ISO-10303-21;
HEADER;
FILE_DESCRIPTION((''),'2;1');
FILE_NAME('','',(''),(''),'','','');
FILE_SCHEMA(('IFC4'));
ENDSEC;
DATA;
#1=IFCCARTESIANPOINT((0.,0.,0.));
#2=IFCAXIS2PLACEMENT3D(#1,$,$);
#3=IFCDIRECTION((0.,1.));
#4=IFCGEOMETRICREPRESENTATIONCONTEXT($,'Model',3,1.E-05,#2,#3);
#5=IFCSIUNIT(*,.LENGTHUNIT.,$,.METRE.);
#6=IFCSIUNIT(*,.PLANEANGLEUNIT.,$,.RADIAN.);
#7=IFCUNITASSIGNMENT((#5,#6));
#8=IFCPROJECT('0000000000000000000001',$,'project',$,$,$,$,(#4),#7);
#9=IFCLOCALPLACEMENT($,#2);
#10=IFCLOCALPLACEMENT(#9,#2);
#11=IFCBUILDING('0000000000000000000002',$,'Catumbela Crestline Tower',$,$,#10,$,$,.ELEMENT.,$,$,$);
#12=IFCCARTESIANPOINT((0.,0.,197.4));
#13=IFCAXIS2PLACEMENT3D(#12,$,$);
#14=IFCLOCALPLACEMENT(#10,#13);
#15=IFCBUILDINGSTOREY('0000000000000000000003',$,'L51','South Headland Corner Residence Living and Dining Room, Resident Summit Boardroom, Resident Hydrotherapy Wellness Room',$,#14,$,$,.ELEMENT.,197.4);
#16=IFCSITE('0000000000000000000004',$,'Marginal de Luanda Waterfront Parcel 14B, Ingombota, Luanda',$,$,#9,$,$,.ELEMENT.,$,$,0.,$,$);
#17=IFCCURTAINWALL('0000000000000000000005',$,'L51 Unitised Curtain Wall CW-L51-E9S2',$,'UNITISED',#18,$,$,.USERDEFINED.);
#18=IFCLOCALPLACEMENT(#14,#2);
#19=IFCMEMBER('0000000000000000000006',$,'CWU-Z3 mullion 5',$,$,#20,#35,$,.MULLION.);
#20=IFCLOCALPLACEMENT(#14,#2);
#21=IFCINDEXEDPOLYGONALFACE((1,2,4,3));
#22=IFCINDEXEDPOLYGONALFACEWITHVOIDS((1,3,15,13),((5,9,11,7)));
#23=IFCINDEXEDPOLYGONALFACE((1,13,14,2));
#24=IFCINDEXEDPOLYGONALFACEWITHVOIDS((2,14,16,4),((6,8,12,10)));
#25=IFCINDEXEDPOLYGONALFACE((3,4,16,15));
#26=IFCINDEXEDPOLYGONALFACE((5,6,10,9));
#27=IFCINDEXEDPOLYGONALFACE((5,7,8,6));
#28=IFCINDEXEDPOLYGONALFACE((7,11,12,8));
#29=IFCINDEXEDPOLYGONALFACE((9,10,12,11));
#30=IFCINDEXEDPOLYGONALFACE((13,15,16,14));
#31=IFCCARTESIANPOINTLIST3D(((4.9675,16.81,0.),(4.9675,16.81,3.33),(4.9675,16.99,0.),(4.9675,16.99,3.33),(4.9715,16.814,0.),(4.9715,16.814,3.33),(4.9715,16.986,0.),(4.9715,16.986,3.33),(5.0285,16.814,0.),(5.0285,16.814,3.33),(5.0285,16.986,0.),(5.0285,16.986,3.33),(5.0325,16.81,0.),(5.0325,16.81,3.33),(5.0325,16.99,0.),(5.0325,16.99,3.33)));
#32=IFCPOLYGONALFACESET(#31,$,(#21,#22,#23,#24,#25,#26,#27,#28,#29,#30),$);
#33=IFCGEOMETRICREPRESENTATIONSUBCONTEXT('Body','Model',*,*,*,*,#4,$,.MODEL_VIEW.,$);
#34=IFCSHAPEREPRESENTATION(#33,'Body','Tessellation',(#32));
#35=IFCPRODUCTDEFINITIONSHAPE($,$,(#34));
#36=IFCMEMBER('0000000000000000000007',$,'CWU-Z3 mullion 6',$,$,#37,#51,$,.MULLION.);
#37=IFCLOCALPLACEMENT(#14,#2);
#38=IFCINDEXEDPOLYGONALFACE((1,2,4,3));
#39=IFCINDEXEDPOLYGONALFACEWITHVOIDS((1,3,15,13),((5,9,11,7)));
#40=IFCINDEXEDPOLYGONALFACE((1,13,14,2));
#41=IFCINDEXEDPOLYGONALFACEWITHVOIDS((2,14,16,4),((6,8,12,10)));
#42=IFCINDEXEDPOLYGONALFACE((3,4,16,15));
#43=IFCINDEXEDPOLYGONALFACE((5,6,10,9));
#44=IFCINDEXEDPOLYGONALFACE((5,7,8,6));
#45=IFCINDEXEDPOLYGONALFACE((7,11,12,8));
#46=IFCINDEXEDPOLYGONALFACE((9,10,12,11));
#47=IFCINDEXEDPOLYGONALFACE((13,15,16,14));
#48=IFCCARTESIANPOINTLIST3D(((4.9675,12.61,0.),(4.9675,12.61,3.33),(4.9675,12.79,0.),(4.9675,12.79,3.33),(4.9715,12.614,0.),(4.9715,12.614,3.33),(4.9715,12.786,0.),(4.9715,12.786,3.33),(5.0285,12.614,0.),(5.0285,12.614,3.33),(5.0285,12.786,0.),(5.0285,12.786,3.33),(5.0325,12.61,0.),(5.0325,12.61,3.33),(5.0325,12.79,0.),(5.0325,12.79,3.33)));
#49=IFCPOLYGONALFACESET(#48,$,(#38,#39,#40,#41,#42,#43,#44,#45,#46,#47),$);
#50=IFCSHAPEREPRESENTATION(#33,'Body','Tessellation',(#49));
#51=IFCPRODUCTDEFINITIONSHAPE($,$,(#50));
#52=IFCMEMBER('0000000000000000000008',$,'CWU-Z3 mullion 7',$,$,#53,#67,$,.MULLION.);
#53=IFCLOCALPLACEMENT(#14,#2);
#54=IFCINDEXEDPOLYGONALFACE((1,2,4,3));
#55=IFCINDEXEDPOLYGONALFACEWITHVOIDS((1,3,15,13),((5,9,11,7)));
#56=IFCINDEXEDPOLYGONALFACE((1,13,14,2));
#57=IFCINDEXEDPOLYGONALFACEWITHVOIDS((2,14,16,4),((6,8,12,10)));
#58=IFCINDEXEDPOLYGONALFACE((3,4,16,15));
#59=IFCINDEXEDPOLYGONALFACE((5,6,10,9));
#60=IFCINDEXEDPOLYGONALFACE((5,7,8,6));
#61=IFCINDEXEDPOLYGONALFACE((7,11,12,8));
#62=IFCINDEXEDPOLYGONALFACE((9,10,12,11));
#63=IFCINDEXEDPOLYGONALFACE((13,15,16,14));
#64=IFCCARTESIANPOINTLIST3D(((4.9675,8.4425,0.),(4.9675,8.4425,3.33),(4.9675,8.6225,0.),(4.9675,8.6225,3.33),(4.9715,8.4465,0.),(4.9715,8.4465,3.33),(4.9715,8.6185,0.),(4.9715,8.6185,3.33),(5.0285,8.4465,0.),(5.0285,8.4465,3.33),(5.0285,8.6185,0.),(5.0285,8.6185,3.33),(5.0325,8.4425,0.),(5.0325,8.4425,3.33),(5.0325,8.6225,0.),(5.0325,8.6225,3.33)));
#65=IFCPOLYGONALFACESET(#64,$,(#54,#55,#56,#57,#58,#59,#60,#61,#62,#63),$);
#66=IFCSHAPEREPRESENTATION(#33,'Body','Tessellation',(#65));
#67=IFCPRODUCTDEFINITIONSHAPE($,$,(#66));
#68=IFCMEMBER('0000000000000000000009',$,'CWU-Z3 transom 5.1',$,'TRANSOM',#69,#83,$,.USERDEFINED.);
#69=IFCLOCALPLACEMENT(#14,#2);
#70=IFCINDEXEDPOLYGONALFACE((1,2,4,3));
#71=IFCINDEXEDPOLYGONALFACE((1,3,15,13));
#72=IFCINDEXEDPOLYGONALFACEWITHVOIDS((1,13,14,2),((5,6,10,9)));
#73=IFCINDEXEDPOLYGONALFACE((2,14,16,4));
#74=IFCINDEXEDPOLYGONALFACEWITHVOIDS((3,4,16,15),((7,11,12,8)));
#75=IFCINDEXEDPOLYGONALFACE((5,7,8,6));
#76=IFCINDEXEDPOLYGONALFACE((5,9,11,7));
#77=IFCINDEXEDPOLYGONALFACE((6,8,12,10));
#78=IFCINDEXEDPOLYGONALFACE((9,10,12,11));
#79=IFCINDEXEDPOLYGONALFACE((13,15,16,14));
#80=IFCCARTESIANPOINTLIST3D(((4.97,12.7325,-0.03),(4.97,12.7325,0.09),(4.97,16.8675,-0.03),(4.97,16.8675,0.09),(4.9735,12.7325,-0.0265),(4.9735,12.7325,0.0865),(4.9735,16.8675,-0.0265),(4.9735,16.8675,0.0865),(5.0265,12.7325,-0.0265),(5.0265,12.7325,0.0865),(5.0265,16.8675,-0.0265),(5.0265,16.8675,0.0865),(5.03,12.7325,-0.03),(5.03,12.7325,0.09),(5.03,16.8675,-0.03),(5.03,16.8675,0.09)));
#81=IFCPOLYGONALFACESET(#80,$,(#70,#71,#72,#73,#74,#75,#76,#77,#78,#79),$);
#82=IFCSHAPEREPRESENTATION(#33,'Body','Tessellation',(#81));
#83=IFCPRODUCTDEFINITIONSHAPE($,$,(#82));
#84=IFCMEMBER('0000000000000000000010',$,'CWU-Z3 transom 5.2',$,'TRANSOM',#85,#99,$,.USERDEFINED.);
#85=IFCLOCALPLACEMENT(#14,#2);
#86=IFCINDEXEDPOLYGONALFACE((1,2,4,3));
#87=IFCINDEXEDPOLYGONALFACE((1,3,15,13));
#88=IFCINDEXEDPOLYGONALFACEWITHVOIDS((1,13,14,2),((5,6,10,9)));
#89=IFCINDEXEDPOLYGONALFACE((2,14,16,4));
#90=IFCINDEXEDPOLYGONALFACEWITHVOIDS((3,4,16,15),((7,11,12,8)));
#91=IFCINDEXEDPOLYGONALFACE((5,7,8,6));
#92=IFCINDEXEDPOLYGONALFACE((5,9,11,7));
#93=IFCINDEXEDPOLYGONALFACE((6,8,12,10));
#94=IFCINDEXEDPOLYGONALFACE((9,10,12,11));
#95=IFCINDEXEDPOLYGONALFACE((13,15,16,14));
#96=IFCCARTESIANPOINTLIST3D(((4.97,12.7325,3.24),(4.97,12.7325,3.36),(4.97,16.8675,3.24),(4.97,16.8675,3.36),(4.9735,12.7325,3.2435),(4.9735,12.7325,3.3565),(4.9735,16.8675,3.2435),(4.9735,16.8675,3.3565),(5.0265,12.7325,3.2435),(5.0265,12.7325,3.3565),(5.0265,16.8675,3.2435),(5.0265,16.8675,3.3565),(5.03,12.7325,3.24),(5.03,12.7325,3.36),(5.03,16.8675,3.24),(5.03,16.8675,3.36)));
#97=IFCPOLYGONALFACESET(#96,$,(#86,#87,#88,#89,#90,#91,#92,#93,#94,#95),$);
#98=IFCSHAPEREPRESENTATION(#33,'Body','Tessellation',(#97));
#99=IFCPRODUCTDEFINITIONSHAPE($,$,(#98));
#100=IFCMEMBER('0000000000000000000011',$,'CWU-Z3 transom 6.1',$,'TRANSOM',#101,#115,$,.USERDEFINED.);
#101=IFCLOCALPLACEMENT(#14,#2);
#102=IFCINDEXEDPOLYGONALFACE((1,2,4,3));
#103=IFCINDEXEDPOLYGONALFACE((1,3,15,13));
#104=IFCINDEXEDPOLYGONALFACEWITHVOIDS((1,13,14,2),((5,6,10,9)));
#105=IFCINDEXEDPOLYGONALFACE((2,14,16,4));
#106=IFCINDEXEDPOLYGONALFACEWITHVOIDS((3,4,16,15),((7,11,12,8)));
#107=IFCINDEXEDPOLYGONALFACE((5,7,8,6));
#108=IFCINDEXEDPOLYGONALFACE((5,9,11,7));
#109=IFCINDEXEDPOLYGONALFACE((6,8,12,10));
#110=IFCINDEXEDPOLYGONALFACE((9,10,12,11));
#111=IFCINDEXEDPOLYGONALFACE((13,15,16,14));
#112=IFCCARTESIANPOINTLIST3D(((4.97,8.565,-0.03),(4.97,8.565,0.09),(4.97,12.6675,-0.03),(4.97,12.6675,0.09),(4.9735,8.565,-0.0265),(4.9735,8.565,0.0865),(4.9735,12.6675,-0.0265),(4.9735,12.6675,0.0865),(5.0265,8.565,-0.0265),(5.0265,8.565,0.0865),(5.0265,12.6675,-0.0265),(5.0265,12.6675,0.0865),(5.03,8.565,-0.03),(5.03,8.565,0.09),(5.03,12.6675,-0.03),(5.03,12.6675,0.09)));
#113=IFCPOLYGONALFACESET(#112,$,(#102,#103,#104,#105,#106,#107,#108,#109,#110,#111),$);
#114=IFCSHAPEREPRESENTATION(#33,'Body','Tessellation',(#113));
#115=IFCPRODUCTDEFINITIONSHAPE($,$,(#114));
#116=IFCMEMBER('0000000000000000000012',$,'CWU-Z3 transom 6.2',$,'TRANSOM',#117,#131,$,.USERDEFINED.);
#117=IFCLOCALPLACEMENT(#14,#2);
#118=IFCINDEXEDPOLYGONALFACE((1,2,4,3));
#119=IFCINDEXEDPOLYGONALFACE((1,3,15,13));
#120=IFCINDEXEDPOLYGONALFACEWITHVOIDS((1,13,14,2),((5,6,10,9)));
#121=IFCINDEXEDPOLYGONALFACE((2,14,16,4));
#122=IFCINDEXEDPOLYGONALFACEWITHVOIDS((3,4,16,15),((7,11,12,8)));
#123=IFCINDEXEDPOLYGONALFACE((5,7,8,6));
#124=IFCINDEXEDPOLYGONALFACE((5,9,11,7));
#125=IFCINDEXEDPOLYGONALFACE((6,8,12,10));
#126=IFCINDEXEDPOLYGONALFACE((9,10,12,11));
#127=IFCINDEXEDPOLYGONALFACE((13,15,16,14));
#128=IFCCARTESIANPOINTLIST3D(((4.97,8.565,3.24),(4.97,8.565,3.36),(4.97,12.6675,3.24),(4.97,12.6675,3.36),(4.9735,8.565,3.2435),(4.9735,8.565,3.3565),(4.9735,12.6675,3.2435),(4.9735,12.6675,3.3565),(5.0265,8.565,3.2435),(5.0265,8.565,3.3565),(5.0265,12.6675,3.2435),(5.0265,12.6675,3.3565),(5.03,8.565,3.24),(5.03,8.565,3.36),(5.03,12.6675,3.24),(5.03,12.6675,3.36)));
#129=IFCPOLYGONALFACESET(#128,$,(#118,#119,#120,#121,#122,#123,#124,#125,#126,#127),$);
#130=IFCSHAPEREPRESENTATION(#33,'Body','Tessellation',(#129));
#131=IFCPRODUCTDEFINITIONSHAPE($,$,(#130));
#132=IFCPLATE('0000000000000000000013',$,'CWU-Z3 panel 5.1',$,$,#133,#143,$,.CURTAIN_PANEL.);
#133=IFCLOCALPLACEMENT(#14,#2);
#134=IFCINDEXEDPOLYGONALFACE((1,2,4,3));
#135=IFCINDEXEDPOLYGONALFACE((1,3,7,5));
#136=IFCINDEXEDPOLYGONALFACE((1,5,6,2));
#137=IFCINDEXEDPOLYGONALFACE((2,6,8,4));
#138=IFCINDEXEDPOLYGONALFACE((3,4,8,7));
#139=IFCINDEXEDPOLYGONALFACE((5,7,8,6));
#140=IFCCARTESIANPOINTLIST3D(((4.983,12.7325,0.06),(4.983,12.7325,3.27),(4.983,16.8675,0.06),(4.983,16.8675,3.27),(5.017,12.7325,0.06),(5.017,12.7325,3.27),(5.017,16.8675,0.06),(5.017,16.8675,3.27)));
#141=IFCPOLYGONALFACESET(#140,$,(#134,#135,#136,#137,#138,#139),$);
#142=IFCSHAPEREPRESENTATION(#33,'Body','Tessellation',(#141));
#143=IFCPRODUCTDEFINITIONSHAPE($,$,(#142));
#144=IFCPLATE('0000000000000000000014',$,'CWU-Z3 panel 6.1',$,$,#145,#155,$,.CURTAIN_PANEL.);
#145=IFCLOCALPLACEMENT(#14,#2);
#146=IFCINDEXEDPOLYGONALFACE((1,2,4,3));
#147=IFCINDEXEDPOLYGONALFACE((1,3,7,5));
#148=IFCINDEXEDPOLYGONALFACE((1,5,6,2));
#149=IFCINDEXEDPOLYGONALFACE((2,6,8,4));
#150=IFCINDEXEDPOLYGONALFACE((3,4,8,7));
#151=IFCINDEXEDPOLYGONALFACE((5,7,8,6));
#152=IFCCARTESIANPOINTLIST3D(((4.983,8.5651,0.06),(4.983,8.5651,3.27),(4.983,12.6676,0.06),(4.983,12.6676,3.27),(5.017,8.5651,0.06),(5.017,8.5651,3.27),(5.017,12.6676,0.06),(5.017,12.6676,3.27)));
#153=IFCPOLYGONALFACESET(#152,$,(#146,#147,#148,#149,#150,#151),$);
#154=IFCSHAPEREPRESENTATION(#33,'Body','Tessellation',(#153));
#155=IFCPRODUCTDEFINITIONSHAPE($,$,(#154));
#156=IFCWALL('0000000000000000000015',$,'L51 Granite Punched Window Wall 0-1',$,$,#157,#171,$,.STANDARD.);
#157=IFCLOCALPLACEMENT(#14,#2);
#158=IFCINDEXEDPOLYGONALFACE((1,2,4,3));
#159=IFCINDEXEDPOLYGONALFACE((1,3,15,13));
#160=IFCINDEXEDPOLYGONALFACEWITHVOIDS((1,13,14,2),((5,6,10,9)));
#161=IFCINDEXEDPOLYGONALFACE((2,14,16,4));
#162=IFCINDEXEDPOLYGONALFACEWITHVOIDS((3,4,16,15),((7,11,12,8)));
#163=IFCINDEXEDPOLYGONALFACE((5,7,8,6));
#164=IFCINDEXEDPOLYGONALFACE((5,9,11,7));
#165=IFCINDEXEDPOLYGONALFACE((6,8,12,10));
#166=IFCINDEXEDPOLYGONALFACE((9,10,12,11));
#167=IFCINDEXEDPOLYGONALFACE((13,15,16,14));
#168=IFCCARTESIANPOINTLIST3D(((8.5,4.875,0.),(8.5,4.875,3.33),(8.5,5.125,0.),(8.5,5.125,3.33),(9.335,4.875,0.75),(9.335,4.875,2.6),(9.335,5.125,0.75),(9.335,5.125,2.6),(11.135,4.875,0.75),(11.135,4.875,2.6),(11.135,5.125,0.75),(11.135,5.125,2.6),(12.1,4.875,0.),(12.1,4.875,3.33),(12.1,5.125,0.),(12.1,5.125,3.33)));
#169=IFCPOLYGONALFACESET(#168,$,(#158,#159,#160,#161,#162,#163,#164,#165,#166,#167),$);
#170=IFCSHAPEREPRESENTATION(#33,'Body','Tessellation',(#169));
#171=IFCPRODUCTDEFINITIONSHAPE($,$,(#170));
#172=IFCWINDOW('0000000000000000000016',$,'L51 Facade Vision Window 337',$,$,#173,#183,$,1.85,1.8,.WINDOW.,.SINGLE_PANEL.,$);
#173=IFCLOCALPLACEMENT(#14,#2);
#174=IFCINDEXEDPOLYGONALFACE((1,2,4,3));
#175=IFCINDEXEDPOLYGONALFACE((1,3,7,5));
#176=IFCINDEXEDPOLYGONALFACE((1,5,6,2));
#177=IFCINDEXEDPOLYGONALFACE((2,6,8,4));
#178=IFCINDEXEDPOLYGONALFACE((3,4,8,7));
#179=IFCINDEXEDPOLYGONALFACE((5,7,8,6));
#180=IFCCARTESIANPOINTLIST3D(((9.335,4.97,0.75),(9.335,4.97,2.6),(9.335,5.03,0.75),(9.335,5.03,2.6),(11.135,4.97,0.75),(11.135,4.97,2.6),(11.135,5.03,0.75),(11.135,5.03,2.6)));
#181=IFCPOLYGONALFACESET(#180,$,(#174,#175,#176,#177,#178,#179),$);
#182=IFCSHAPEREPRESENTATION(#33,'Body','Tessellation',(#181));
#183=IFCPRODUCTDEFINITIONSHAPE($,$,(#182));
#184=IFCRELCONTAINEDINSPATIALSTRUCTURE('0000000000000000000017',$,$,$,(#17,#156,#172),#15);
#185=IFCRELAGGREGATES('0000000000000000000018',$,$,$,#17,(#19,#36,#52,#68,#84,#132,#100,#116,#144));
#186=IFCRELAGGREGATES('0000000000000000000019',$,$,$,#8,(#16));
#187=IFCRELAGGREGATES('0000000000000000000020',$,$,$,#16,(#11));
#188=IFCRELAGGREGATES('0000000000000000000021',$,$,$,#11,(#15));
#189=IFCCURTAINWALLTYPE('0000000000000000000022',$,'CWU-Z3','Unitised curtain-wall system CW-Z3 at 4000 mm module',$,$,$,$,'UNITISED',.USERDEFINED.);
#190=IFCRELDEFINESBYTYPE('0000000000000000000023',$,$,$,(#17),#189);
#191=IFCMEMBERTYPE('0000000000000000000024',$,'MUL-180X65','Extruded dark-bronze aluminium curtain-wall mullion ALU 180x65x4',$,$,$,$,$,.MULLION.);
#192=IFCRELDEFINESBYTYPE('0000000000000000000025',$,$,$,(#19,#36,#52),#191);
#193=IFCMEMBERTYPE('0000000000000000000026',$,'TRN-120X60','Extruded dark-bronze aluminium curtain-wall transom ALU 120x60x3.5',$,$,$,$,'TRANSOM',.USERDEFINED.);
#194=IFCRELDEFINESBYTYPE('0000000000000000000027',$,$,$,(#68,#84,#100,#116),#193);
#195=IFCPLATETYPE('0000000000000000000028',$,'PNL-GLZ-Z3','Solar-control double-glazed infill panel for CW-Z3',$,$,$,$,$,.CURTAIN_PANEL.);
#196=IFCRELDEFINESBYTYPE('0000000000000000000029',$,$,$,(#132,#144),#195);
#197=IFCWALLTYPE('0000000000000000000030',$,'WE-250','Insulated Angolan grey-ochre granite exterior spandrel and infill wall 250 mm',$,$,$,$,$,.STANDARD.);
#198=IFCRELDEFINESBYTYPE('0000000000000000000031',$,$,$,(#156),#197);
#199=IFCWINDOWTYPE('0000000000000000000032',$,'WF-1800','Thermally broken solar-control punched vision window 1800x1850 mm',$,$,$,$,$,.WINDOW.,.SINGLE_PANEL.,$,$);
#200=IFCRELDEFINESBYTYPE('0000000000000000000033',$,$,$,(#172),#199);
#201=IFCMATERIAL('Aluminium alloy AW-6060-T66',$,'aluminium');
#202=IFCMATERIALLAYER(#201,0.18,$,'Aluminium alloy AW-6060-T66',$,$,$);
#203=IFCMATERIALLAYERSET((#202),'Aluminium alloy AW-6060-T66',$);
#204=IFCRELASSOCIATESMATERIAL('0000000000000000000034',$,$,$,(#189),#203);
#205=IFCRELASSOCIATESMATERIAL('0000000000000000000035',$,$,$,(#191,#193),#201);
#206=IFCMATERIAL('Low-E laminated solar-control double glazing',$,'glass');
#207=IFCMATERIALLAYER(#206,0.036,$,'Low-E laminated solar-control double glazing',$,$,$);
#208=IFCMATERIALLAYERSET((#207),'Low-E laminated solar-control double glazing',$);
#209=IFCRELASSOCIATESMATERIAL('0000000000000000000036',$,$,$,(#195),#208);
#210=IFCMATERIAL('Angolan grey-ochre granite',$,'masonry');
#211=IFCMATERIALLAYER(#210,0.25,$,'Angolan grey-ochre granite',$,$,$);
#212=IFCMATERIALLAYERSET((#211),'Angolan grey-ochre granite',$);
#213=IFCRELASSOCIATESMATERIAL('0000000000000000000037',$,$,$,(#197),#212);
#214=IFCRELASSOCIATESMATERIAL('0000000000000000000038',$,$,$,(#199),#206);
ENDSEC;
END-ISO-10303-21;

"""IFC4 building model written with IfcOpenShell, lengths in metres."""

from ifc_helpers import new_model, si_unit, direction, frame, frame_2d, origin, origin_2d, place, context, subcontext, project, spatial, rectangle, hollow_rectangle, extrude, material, layer, layer_set, material_profile, profile_set, type_object, element, fill, aggregate, save


model = new_model("IFC4")

# Units and contexts
model_context = context("Model", 3, precision=1e-05, world=origin(), true_north=direction((0.0, 1.0)))
body_context = subcontext(model_context, "Body", "Model", "MODEL_VIEW")
ifc_project = project(units=[si_unit("LENGTHUNIT", "METRE"), si_unit("PLANEANGLEUNIT", "RADIAN")], contexts=[model_context])

# Site, building, storey
site_placement = place(None, origin())
site = spatial("IfcSite", under=ifc_project, at=site_placement, Name="Marginal de Luanda Waterfront Parcel 14B, Ingombota, Luanda", CompositionType="ELEMENT", RefElevation=0.0)
building_placement = place(site_placement, origin())
building = spatial("IfcBuilding", under=site, at=building_placement, Name="Catumbela Crestline Tower", CompositionType="ELEMENT")
storey_placement = place(building_placement, frame((0.0, 0.0, 197.4)))
storey = spatial("IfcBuildingStorey", under=building, at=storey_placement, Name="L51", Description="South Headland Corner Residence Living and Dining Room, Resident Summit Boardroom, Resident Hydrotherapy Wellness Room", CompositionType="ELEMENT", Elevation=197.4)

# Curtain wall, members, plates
ifc_material_1 = material(Name="Aluminium alloy AW-6060-T66", Category="aluminium")
ifc_layer_1 = layer(ifc_material_1, 0.18, Name="Aluminium alloy AW-6060-T66")
ifc_layer_set_1 = layer_set([ifc_layer_1], Name="Aluminium alloy AW-6060-T66")
curtain_wall_type = type_object("IfcCurtainWallType", Name="CWU-Z3", Description="Unitised curtain-wall system CW-Z3 at 4000 mm module", ElementType="UNITISED", PredefinedType="USERDEFINED", material=ifc_layer_set_1)
curtain_wall_placement = place(storey_placement, origin())
curtain_wall = element("IfcCurtainWall", 1, at=curtain_wall_placement, inside=storey, type_object=curtain_wall_type, Name="L51 Unitised Curtain Wall CW-L51-E9S2", ObjectType="UNITISED", PredefinedType="USERDEFINED")
ifc_material_profile_1 = material_profile(ifc_material_1, hollow_rectangle(XDim=0.065, YDim=0.18, WallThickness=0.004, at=origin_2d()), Name="ALU 180x65x4")
ifc_profile_set_1 = profile_set([ifc_material_profile_1], Name="Aluminium alloy AW-6060-T66")
member_type_1 = type_object("IfcMemberType", Name="MUL-180X65", Description="Extruded dark-bronze aluminium curtain-wall mullion ALU 180x65x4", PredefinedType="MULLION", material=ifc_profile_set_1)
member_1_placement = place(storey_placement, frame((5.0, 16.9, 0.0), z_axis=(0.0, 0.0, 1.0), x_axis=(1.0, 0.0, 0.0)))
member_1 = element("IfcMember", 2, at=member_1_placement, type_object=member_type_1, Name="CWU-Z3 mullion 5", PredefinedType="MULLION", context=body_context, shape_type="SweptSolid", body=[
    extrude(hollow_rectangle(XDim=0.065, YDim=0.18, WallThickness=0.004, at=origin_2d()), origin(), (0.0, 0.0, 1.0), 3.33),
])
member_2_placement = place(storey_placement, frame((5.0, 12.7, 0.0), z_axis=(0.0, 0.0, 1.0), x_axis=(1.0, 0.0, 0.0)))
member_2 = element("IfcMember", 3, at=member_2_placement, type_object=member_type_1, Name="CWU-Z3 mullion 6", PredefinedType="MULLION", context=body_context, shape_type="SweptSolid", body=[
    extrude(hollow_rectangle(XDim=0.065, YDim=0.18, WallThickness=0.004, at=origin_2d()), origin(), (0.0, 0.0, 1.0), 3.33),
])
member_3_placement = place(storey_placement, frame((5.0, 8.5325, 0.0), z_axis=(0.0, 0.0, 1.0), x_axis=(1.0, 0.0, 0.0)))
member_3 = element("IfcMember", 4, at=member_3_placement, type_object=member_type_1, Name="CWU-Z3 mullion 7", PredefinedType="MULLION", context=body_context, shape_type="SweptSolid", body=[
    extrude(hollow_rectangle(XDim=0.065, YDim=0.18, WallThickness=0.004, at=origin_2d()), origin(), (0.0, 0.0, 1.0), 3.33),
])
ifc_material_profile_2 = material_profile(ifc_material_1, hollow_rectangle(XDim=0.06, YDim=0.12, WallThickness=0.0035, at=origin_2d()), Name="ALU 120x60x3.5")
ifc_profile_set_2 = profile_set([ifc_material_profile_2], Name="Aluminium alloy AW-6060-T66")
member_type_2 = type_object("IfcMemberType", Name="TRN-120X60", Description="Extruded dark-bronze aluminium curtain-wall transom ALU 120x60x3.5", ElementType="TRANSOM", PredefinedType="USERDEFINED", material=ifc_profile_set_2)
member_4_placement = place(storey_placement, frame((5.0, 16.8675, 0.03), z_axis=(0.0, -1.0, 0.0), x_axis=(1.0, 0.0, 0.0)))
member_4 = element("IfcMember", 5, at=member_4_placement, type_object=member_type_2, Name="CWU-Z3 transom 5.1", ObjectType="TRANSOM", PredefinedType="USERDEFINED", context=body_context, shape_type="SweptSolid", body=[
    extrude(hollow_rectangle(XDim=0.06, YDim=0.12, WallThickness=0.0035, at=origin_2d()), origin(), (0.0, 0.0, 1.0), 4.135),
])
member_5_placement = place(storey_placement, frame((5.0, 16.8675, 3.3), z_axis=(0.0, -1.0, 0.0), x_axis=(1.0, 0.0, 0.0)))
member_5 = element("IfcMember", 6, at=member_5_placement, type_object=member_type_2, Name="CWU-Z3 transom 5.2", ObjectType="TRANSOM", PredefinedType="USERDEFINED", context=body_context, shape_type="SweptSolid", body=[
    extrude(hollow_rectangle(XDim=0.06, YDim=0.12, WallThickness=0.0035, at=origin_2d()), origin(), (0.0, 0.0, 1.0), 4.135),
])
member_6_placement = place(storey_placement, frame((5.0, 12.6675, 0.03), z_axis=(0.0, -1.0, 0.0), x_axis=(1.0, 0.0, 0.0)))
member_6 = element("IfcMember", 7, at=member_6_placement, type_object=member_type_2, Name="CWU-Z3 transom 6.1", ObjectType="TRANSOM", PredefinedType="USERDEFINED", context=body_context, shape_type="SweptSolid", body=[
    extrude(hollow_rectangle(XDim=0.06, YDim=0.12, WallThickness=0.0035, at=origin_2d()), origin(), (0.0, 0.0, 1.0), 4.1025),
])
member_7_placement = place(storey_placement, frame((5.0, 12.6675, 3.3), z_axis=(0.0, -1.0, 0.0), x_axis=(1.0, 0.0, 0.0)))
member_7 = element("IfcMember", 8, at=member_7_placement, type_object=member_type_2, Name="CWU-Z3 transom 6.2", ObjectType="TRANSOM", PredefinedType="USERDEFINED", context=body_context, shape_type="SweptSolid", body=[
    extrude(hollow_rectangle(XDim=0.06, YDim=0.12, WallThickness=0.0035, at=origin_2d()), origin(), (0.0, 0.0, 1.0), 4.1025),
])
ifc_material_2 = material(Name="Low-E laminated solar-control double glazing", Category="glass")
ifc_layer_2 = layer(ifc_material_2, 0.036, Name="Low-E laminated solar-control double glazing")
ifc_layer_set_2 = layer_set([ifc_layer_2], Name="Low-E laminated solar-control double glazing")
plate_type = type_object("IfcPlateType", Name="PNL-GLZ-Z3", Description="Solar-control double-glazed infill panel for CW-Z3", PredefinedType="CURTAIN_PANEL", material=ifc_layer_set_2)
plate_1_placement = place(storey_placement, frame((5.0, 14.8, 0.06), z_axis=(0.0, 0.0, 1.0), x_axis=(0.0, -1.0, 0.0)))
plate_1 = element("IfcPlate", 9, at=plate_1_placement, type_object=plate_type, Name="CWU-Z3 panel 5.1", PredefinedType="CURTAIN_PANEL", context=body_context, shape_type="SweptSolid", body=[
    extrude(rectangle(XDim=4.135, YDim=0.034, at=origin_2d()), origin(), (0.0, 0.0, 1.0), 3.21),
])
plate_2_placement = place(storey_placement, frame((5.0, 10.6163, 0.06), z_axis=(0.0, 0.0, 1.0), x_axis=(0.0, -1.0, 0.0)))
plate_2 = element("IfcPlate", 10, at=plate_2_placement, type_object=plate_type, Name="CWU-Z3 panel 6.1", PredefinedType="CURTAIN_PANEL", context=body_context, shape_type="SweptSolid", body=[
    extrude(rectangle(XDim=4.1025, YDim=0.034, at=origin_2d()), origin(), (0.0, 0.0, 1.0), 3.21),
])
aggregate(curtain_wall, [member_1, member_2, member_3, member_4, member_5, plate_1, member_6, member_7, plate_2])

# Wall, opening, window
ifc_material_3 = material(Name="Angolan grey-ochre granite", Category="masonry")
ifc_layer_3 = layer(ifc_material_3, 0.25, Name="Angolan grey-ochre granite")
ifc_layer_set_3 = layer_set([ifc_layer_3], Name="Angolan grey-ochre granite")
wall_type_1 = type_object("IfcWallType", Name="WE-250", Description="Insulated Angolan grey-ochre granite exterior spandrel and infill wall 250 mm", PredefinedType="STANDARD", material=ifc_layer_set_3)
wall_1_placement = place(storey_placement, frame((8.5, 5.0, 0.0), z_axis=(0.0, 0.0, 1.0), x_axis=(1.0, 0.0, 0.0)))
wall_1 = element("IfcWall", 11, at=wall_1_placement, inside=storey, type_object=wall_type_1, Name="L51 Granite Punched Window Wall 0-1", PredefinedType="STANDARD", context=body_context, shape_type="SweptSolid", body=[
    extrude(rectangle(XDim=3.6, YDim=0.25, at=frame_2d((1.8, 0.0))), origin(), (0.0, 0.0, 1.0), 3.33),
])
opening_1_placement = place(wall_1_placement, frame((0.835, 0.0, 0.75)))
opening_1 = element("IfcOpeningElement", 12, at=opening_1_placement, cuts=wall_1, PredefinedType="OPENING", context=body_context, shape_type="SweptSolid", body=[
    extrude(rectangle(XDim=1.8, YDim=1.85, at=frame_2d((0.9, 0.925))), frame((0.0, 0.135, 0.0), z_axis=(0.0, -1.0, 0.0), x_axis=(1.0, 0.0, 0.0)), (0.0, 0.0, 1.0), 0.27),
])
window_type_1 = type_object("IfcWindowType", Name="WF-1800", Description="Thermally broken solar-control punched vision window 1800x1850 mm", PartitioningType="SINGLE_PANEL", PredefinedType="WINDOW", material=ifc_material_2)
window_1_placement = place(opening_1_placement, origin())
window_1 = element("IfcWindow", 13, at=window_1_placement, inside=storey, type_object=window_type_1, Name="L51 Facade Vision Window 337", OverallHeight=1.85, OverallWidth=1.8, PartitioningType="SINGLE_PANEL", PredefinedType="WINDOW", context=body_context, shape_type="SweptSolid", body=[
    extrude(rectangle(XDim=1.8, YDim=1.85, at=frame_2d((0.9, 0.925))), frame((0.0, 0.03, 0.0), z_axis=(0.0, -1.0, 0.0), x_axis=(1.0, 0.0, 0.0)), (0.0, 0.0, 1.0), 0.06),
])
fill(opening_1, window_1)

save(model, "model.ifc")
